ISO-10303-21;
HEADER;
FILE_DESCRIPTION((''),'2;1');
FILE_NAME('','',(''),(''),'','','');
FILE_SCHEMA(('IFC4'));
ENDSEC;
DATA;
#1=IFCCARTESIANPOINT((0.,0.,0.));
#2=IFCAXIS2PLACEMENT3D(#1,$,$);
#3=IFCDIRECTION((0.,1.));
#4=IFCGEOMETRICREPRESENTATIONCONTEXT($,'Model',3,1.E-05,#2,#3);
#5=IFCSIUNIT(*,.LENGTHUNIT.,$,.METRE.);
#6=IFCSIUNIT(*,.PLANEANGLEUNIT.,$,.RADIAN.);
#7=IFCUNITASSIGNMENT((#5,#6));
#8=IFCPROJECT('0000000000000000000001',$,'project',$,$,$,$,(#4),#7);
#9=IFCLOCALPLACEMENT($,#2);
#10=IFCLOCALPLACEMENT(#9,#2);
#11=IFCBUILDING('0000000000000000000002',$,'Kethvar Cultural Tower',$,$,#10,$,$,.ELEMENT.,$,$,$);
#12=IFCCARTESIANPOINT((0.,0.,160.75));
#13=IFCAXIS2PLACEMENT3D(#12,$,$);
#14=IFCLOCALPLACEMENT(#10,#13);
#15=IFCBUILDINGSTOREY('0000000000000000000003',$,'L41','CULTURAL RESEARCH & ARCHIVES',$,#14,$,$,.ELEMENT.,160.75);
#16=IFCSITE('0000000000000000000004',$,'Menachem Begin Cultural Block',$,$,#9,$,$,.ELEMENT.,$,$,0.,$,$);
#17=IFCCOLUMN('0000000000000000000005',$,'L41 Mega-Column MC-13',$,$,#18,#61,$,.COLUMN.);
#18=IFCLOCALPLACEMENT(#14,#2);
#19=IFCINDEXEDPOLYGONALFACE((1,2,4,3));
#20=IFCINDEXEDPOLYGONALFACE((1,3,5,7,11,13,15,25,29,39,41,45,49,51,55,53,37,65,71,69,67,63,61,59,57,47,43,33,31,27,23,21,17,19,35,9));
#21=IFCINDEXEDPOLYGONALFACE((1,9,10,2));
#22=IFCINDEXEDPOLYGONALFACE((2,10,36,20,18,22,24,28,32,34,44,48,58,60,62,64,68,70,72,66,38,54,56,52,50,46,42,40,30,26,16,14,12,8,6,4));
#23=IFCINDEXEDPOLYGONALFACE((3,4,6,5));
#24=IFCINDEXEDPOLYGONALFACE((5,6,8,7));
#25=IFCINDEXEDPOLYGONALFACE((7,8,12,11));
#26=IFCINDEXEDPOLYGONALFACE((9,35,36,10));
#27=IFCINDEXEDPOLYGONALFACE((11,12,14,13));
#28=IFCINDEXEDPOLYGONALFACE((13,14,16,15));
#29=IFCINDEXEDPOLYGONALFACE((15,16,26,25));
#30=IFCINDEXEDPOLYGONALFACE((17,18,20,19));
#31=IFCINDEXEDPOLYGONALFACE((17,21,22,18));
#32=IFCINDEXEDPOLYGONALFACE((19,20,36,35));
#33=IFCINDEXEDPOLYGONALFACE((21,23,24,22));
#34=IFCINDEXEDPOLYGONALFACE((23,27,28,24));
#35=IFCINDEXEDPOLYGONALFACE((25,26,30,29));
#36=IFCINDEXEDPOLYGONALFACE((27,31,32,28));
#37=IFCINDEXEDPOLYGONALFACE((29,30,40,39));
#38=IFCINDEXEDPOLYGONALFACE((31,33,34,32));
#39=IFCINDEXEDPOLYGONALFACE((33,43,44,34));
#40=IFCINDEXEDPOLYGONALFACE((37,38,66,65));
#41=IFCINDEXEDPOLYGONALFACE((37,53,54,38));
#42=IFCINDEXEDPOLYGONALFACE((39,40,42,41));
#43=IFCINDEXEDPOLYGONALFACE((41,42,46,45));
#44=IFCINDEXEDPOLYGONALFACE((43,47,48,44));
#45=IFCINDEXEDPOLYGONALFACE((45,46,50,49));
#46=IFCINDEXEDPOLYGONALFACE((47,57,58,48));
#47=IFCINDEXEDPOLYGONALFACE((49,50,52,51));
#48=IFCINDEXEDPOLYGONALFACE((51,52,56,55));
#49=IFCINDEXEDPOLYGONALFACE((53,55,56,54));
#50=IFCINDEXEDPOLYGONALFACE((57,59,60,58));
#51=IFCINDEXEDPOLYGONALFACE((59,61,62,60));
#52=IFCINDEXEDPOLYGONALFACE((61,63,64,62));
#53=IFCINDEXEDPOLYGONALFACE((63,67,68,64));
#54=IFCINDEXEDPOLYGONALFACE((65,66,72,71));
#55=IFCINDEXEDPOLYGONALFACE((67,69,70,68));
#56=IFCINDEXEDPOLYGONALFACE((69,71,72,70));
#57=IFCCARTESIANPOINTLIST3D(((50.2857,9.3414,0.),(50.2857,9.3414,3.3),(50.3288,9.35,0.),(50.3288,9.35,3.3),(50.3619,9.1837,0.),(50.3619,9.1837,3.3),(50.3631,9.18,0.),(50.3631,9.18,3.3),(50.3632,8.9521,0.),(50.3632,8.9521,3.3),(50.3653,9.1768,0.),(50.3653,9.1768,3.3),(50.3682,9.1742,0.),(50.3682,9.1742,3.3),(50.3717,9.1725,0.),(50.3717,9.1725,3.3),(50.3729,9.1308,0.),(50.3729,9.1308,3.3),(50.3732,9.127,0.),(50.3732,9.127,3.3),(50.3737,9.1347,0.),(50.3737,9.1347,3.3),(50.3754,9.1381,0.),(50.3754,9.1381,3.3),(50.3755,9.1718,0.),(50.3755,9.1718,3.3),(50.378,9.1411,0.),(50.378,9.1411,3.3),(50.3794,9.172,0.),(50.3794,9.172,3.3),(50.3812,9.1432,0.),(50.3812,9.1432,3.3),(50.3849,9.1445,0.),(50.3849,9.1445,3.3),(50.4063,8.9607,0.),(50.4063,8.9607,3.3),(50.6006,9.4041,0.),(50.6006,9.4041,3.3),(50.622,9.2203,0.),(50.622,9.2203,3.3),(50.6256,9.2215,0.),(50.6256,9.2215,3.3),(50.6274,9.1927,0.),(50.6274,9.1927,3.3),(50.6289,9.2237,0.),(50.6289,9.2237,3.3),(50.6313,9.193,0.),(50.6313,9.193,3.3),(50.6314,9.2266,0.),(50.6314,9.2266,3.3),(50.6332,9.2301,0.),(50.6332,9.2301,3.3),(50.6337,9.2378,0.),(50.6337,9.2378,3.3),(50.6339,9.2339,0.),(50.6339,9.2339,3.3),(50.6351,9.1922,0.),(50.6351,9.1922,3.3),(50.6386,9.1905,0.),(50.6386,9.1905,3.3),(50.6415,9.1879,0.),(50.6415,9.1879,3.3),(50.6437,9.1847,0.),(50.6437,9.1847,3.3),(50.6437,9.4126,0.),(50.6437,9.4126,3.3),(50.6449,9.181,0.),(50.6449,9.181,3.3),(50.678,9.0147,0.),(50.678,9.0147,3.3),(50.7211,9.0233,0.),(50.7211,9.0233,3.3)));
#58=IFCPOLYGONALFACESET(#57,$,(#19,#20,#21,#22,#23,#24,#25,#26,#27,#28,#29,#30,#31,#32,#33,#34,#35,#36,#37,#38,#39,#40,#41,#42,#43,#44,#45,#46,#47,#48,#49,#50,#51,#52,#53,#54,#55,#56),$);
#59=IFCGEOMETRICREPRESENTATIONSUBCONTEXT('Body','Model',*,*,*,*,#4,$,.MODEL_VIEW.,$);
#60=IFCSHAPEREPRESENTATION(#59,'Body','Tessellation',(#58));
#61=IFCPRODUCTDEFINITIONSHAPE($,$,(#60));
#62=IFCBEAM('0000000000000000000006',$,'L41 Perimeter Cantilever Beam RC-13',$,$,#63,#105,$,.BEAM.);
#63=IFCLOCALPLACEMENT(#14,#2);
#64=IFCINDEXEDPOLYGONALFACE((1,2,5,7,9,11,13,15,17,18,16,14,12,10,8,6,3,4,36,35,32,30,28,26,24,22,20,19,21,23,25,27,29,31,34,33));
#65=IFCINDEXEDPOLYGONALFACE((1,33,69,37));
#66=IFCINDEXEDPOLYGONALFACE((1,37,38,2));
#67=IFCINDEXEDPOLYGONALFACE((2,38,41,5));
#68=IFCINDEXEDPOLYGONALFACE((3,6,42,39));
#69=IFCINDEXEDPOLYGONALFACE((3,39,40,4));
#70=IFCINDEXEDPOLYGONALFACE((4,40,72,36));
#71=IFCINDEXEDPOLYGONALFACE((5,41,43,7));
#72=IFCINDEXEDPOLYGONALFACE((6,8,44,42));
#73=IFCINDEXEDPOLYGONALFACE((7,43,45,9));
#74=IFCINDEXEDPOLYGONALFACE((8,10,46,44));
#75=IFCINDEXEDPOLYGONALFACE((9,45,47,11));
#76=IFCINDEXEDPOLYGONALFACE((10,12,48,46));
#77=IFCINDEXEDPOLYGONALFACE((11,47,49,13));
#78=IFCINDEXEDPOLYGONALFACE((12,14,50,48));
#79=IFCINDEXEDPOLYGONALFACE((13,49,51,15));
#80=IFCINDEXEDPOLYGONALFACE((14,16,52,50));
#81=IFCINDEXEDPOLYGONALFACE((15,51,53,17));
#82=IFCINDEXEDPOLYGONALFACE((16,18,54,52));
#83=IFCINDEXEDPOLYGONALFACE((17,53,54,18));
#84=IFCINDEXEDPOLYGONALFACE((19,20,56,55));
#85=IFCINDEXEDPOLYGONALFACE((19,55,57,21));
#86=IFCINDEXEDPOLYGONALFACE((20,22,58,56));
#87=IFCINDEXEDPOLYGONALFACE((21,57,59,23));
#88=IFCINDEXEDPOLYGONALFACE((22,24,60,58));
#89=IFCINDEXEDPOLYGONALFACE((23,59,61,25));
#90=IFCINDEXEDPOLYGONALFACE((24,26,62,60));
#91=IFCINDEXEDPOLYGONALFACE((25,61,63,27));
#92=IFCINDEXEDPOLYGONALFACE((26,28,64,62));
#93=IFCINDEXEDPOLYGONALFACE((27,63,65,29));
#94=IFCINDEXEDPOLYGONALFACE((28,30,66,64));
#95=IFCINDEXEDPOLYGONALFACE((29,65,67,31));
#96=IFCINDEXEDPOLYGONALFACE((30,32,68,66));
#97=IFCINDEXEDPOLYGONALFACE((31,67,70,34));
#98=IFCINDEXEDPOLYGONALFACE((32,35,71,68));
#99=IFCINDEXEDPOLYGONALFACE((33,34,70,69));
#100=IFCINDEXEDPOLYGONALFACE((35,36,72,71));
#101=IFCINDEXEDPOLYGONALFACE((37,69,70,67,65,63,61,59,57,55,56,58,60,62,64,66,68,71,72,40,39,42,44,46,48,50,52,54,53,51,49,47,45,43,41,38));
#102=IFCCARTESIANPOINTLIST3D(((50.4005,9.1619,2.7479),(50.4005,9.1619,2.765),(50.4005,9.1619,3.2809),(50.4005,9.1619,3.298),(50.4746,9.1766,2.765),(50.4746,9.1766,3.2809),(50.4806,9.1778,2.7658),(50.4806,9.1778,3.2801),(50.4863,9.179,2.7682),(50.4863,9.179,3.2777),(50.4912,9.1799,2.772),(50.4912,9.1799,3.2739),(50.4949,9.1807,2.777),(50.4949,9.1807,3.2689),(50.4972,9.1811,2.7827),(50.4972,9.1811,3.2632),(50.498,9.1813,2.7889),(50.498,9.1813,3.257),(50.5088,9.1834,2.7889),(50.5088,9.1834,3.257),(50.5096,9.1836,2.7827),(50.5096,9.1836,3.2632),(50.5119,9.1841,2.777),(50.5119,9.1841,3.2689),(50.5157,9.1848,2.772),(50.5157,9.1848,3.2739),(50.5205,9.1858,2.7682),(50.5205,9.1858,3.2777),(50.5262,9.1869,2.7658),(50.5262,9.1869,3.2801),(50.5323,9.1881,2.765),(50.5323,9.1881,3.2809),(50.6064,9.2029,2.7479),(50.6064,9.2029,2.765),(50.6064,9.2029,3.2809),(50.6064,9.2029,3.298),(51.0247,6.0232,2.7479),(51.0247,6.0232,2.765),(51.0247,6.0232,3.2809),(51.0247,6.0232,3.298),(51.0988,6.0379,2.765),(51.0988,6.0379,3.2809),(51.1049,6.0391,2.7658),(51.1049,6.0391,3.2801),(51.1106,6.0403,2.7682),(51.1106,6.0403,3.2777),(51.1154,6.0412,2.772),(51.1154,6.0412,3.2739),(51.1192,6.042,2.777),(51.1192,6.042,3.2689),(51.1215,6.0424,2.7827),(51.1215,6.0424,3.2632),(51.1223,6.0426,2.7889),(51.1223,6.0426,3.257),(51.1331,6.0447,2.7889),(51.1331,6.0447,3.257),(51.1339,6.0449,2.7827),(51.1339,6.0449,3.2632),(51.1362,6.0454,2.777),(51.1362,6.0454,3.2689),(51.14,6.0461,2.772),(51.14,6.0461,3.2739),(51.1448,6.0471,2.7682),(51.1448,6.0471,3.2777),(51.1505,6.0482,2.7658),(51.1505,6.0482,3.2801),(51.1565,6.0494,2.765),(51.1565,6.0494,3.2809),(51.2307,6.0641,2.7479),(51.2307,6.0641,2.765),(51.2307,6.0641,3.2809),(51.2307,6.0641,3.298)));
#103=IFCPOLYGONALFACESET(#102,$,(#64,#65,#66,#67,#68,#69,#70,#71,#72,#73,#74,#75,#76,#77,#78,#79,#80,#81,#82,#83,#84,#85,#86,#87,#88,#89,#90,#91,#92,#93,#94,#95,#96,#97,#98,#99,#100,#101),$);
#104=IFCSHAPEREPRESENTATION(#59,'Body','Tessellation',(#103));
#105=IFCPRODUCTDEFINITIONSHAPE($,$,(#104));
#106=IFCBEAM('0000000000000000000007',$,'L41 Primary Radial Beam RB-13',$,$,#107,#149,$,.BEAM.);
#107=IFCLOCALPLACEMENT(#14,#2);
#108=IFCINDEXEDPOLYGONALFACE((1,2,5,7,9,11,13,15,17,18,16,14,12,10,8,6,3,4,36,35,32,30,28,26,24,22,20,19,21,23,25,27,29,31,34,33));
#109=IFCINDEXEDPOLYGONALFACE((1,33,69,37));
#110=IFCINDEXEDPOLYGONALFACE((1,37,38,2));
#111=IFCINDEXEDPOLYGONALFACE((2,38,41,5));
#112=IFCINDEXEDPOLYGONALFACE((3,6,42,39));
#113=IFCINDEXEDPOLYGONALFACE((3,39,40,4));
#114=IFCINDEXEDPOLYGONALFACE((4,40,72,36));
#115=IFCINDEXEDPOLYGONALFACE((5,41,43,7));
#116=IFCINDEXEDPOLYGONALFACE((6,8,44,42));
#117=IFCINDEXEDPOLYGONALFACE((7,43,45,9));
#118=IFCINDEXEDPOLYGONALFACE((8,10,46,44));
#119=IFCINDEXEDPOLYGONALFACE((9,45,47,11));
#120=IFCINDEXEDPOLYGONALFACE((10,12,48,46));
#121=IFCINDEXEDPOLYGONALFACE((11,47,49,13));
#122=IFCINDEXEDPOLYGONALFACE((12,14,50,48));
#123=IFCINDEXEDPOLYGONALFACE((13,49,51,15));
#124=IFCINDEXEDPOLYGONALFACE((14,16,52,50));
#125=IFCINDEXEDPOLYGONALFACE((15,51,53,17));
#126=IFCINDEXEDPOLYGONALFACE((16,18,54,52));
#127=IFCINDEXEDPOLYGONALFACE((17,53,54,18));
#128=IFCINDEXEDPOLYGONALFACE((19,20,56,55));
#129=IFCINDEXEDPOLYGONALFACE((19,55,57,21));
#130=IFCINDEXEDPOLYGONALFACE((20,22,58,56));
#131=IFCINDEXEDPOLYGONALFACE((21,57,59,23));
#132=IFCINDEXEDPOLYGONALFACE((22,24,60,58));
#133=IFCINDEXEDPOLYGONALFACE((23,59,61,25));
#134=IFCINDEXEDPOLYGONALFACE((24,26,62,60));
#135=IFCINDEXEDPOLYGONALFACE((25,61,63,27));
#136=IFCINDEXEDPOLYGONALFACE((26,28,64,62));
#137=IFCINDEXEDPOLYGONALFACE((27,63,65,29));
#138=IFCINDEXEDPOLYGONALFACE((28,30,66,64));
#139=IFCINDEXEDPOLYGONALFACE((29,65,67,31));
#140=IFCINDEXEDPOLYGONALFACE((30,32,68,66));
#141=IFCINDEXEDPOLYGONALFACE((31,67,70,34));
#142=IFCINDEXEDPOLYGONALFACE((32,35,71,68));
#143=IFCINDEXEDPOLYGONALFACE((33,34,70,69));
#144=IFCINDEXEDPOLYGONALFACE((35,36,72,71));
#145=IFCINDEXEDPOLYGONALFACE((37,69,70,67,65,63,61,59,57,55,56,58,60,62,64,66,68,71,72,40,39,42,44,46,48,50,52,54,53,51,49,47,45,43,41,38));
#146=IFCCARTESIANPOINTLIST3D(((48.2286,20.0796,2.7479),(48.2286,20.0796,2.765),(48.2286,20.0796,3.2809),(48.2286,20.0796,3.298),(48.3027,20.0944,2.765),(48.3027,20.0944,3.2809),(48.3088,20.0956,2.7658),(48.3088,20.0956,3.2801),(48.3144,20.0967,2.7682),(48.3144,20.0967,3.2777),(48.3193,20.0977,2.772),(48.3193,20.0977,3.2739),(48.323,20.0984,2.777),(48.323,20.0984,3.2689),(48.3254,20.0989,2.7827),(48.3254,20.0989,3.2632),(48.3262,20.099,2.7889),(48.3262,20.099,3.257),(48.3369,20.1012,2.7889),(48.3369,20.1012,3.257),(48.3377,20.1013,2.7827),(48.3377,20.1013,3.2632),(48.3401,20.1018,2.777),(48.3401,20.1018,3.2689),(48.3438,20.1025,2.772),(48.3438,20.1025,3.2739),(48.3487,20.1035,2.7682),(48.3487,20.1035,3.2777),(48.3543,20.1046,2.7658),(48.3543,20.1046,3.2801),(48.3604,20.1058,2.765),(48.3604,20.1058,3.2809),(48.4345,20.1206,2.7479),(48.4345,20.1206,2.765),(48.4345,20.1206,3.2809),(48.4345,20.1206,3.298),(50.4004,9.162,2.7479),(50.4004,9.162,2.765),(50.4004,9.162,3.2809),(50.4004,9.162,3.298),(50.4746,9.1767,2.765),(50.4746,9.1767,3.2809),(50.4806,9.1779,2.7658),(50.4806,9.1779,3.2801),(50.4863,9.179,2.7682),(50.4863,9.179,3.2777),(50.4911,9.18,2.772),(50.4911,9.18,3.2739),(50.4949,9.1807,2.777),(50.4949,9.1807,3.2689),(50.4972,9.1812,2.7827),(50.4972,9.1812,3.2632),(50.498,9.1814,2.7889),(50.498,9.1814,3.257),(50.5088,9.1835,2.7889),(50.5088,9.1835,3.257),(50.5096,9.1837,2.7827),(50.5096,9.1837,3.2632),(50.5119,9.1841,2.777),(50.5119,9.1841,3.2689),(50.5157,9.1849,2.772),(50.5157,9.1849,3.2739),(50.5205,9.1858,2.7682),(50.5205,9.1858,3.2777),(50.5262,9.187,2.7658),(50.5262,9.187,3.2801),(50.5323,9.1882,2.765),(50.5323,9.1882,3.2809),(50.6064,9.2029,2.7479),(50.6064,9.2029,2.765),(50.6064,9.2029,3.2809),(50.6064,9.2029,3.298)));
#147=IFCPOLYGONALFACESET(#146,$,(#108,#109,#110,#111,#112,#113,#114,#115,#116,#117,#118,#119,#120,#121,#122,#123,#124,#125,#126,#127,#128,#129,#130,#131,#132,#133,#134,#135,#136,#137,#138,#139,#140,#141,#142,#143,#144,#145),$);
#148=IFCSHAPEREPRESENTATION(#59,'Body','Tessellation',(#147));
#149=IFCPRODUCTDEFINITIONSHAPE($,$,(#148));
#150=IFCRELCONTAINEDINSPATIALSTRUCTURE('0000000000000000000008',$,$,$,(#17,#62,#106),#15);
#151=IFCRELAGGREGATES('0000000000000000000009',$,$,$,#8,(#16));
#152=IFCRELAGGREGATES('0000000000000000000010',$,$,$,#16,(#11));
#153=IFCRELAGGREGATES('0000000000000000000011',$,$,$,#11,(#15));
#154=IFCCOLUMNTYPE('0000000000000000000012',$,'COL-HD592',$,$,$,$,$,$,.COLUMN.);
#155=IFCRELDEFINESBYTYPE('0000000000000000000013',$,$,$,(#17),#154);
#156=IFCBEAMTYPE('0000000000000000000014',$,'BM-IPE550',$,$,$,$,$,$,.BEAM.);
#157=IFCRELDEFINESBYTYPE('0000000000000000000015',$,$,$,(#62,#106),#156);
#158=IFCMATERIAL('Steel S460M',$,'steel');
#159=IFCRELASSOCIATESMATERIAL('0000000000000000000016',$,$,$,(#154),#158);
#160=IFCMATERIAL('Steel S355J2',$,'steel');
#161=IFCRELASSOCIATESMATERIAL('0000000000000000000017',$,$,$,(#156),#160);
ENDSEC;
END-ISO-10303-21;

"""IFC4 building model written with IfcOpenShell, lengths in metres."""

from ifc_helpers import new_model, si_unit, direction, frame, origin, origin_2d, place, context, subcontext, project, spatial, i_section, extrude, source, transform, mapped, material, material_profile, profile_set, type_object, element, save


model = new_model("IFC4")

# Units and contexts
model_context = context("Model", 3, precision=1e-05, world=origin(), true_north=direction((0.0, 1.0)))
body_context = subcontext(model_context, "Body", "Model", "MODEL_VIEW")
ifc_project = project(units=[si_unit("LENGTHUNIT", "METRE"), si_unit("PLANEANGLEUNIT", "RADIAN")], contexts=[model_context])

# Site, building, storey
site_placement = place(None, origin())
site = spatial("IfcSite", under=ifc_project, at=site_placement, Name="Menachem Begin Cultural Block", CompositionType="ELEMENT", RefElevation=0.0)
building_placement = place(site_placement, origin())
building = spatial("IfcBuilding", under=site, at=building_placement, Name="Kethvar Cultural Tower", CompositionType="ELEMENT")
storey_placement = place(building_placement, frame((0.0, 0.0, 160.75)))
storey = spatial("IfcBuildingStorey", under=building, at=storey_placement, Name="L41", Description="CULTURAL RESEARCH & ARCHIVES", CompositionType="ELEMENT", Elevation=160.75)

# Column
ifc_material_1 = material(Name="Steel S460M", Category="steel")
ifc_material_profile_1 = material_profile(ifc_material_1, i_section(OverallWidth=0.397, OverallDepth=0.365, WebThickness=0.0281, FlangeThickness=0.0439, FilletRadius=0.0149, at=origin_2d()), Name="Steel S460M — HD400x592")
ifc_profile_set_1 = profile_set([ifc_material_profile_1], Name="Steel S460M — HD400x592")
column_type = type_object("IfcColumnType", Name="COL-HD592", PredefinedType="COLUMN", material=ifc_profile_set_1)
shared_shape_1 = source(origin(), body_context, "Body", "SweptSolid", [
    extrude(i_section(OverallWidth=0.397, OverallDepth=0.365, WebThickness=0.0281, FlangeThickness=0.0439, FilletRadius=0.0149, at=origin_2d()), origin(), (0.0, 0.0, 1.0), 3.3),
])
column_placement = place(storey_placement, frame((50.5034, 9.1824, 0.0), z_axis=(0.0, 0.0, 1.0), x_axis=(0.19509, -0.980785, 0.0)))
element("IfcColumn", 1, at=column_placement, inside=storey, type_object=column_type, Name="L41 Mega-Column MC-13", PredefinedType="COLUMN", context=body_context, shape_type="MappedRepresentation", body=[
    mapped(shared_shape_1, transform((0.0, 0.0, 0.0), scale=1.0)),
])

# Beams
ifc_material_2 = material(Name="Steel S355J2", Category="steel")
ifc_material_profile_2 = material_profile(ifc_material_2, i_section(OverallWidth=0.21, OverallDepth=0.55, WebThickness=0.011, FlangeThickness=0.0171, FilletRadius=0.0239, at=origin_2d()), Name="Steel S355J2 — IPE550")
ifc_profile_set_2 = profile_set([ifc_material_profile_2], Name="Steel S355J2 — IPE550")
beam_type_1 = type_object("IfcBeamType", Name="BM-IPE550", PredefinedType="BEAM", material=ifc_profile_set_2)
shared_shape_2 = source(origin(), body_context, "Body", "SweptSolid", [
    extrude(i_section(OverallWidth=0.21, OverallDepth=0.55, WebThickness=0.011, FlangeThickness=0.0171, FilletRadius=0.0239, at=origin_2d()), origin(), (0.0, 0.0, 1.0), 3.2002),
])
beam_1_placement = place(storey_placement, frame((50.5034, 9.1824, 3.0229), z_axis=(0.195074, -0.980788, 0.0), x_axis=(0.980788, 0.195074, 0.0)))
element("IfcBeam", 2, at=beam_1_placement, inside=storey, type_object=beam_type_1, Name="L41 Perimeter Cantilever Beam RC-13", PredefinedType="BEAM", context=body_context, shape_type="MappedRepresentation", body=[
    mapped(shared_shape_2, transform((0.0, 0.0, 0.0), scale=1.0)),
])
shared_shape_3 = source(origin(), body_context, "Body", "SweptSolid", [
    extrude(i_section(OverallWidth=0.21, OverallDepth=0.55, WebThickness=0.011, FlangeThickness=0.0171, FilletRadius=0.0239, at=origin_2d()), origin(), (0.0, 0.0, 1.0), 11.1316),
])
beam_2_placement = place(storey_placement, frame((48.3315, 20.1001, 3.0229), z_axis=(0.195108, -0.980782, 0.0), x_axis=(0.980782, 0.195108, 0.0)))
element("IfcBeam", 3, at=beam_2_placement, inside=storey, type_object=beam_type_1, Name="L41 Primary Radial Beam RB-13", PredefinedType="BEAM", context=body_context, shape_type="MappedRepresentation", body=[
    mapped(shared_shape_3, transform((0.0, 0.0, 0.0), scale=1.0)),
])

save(model, "model.ifc")
